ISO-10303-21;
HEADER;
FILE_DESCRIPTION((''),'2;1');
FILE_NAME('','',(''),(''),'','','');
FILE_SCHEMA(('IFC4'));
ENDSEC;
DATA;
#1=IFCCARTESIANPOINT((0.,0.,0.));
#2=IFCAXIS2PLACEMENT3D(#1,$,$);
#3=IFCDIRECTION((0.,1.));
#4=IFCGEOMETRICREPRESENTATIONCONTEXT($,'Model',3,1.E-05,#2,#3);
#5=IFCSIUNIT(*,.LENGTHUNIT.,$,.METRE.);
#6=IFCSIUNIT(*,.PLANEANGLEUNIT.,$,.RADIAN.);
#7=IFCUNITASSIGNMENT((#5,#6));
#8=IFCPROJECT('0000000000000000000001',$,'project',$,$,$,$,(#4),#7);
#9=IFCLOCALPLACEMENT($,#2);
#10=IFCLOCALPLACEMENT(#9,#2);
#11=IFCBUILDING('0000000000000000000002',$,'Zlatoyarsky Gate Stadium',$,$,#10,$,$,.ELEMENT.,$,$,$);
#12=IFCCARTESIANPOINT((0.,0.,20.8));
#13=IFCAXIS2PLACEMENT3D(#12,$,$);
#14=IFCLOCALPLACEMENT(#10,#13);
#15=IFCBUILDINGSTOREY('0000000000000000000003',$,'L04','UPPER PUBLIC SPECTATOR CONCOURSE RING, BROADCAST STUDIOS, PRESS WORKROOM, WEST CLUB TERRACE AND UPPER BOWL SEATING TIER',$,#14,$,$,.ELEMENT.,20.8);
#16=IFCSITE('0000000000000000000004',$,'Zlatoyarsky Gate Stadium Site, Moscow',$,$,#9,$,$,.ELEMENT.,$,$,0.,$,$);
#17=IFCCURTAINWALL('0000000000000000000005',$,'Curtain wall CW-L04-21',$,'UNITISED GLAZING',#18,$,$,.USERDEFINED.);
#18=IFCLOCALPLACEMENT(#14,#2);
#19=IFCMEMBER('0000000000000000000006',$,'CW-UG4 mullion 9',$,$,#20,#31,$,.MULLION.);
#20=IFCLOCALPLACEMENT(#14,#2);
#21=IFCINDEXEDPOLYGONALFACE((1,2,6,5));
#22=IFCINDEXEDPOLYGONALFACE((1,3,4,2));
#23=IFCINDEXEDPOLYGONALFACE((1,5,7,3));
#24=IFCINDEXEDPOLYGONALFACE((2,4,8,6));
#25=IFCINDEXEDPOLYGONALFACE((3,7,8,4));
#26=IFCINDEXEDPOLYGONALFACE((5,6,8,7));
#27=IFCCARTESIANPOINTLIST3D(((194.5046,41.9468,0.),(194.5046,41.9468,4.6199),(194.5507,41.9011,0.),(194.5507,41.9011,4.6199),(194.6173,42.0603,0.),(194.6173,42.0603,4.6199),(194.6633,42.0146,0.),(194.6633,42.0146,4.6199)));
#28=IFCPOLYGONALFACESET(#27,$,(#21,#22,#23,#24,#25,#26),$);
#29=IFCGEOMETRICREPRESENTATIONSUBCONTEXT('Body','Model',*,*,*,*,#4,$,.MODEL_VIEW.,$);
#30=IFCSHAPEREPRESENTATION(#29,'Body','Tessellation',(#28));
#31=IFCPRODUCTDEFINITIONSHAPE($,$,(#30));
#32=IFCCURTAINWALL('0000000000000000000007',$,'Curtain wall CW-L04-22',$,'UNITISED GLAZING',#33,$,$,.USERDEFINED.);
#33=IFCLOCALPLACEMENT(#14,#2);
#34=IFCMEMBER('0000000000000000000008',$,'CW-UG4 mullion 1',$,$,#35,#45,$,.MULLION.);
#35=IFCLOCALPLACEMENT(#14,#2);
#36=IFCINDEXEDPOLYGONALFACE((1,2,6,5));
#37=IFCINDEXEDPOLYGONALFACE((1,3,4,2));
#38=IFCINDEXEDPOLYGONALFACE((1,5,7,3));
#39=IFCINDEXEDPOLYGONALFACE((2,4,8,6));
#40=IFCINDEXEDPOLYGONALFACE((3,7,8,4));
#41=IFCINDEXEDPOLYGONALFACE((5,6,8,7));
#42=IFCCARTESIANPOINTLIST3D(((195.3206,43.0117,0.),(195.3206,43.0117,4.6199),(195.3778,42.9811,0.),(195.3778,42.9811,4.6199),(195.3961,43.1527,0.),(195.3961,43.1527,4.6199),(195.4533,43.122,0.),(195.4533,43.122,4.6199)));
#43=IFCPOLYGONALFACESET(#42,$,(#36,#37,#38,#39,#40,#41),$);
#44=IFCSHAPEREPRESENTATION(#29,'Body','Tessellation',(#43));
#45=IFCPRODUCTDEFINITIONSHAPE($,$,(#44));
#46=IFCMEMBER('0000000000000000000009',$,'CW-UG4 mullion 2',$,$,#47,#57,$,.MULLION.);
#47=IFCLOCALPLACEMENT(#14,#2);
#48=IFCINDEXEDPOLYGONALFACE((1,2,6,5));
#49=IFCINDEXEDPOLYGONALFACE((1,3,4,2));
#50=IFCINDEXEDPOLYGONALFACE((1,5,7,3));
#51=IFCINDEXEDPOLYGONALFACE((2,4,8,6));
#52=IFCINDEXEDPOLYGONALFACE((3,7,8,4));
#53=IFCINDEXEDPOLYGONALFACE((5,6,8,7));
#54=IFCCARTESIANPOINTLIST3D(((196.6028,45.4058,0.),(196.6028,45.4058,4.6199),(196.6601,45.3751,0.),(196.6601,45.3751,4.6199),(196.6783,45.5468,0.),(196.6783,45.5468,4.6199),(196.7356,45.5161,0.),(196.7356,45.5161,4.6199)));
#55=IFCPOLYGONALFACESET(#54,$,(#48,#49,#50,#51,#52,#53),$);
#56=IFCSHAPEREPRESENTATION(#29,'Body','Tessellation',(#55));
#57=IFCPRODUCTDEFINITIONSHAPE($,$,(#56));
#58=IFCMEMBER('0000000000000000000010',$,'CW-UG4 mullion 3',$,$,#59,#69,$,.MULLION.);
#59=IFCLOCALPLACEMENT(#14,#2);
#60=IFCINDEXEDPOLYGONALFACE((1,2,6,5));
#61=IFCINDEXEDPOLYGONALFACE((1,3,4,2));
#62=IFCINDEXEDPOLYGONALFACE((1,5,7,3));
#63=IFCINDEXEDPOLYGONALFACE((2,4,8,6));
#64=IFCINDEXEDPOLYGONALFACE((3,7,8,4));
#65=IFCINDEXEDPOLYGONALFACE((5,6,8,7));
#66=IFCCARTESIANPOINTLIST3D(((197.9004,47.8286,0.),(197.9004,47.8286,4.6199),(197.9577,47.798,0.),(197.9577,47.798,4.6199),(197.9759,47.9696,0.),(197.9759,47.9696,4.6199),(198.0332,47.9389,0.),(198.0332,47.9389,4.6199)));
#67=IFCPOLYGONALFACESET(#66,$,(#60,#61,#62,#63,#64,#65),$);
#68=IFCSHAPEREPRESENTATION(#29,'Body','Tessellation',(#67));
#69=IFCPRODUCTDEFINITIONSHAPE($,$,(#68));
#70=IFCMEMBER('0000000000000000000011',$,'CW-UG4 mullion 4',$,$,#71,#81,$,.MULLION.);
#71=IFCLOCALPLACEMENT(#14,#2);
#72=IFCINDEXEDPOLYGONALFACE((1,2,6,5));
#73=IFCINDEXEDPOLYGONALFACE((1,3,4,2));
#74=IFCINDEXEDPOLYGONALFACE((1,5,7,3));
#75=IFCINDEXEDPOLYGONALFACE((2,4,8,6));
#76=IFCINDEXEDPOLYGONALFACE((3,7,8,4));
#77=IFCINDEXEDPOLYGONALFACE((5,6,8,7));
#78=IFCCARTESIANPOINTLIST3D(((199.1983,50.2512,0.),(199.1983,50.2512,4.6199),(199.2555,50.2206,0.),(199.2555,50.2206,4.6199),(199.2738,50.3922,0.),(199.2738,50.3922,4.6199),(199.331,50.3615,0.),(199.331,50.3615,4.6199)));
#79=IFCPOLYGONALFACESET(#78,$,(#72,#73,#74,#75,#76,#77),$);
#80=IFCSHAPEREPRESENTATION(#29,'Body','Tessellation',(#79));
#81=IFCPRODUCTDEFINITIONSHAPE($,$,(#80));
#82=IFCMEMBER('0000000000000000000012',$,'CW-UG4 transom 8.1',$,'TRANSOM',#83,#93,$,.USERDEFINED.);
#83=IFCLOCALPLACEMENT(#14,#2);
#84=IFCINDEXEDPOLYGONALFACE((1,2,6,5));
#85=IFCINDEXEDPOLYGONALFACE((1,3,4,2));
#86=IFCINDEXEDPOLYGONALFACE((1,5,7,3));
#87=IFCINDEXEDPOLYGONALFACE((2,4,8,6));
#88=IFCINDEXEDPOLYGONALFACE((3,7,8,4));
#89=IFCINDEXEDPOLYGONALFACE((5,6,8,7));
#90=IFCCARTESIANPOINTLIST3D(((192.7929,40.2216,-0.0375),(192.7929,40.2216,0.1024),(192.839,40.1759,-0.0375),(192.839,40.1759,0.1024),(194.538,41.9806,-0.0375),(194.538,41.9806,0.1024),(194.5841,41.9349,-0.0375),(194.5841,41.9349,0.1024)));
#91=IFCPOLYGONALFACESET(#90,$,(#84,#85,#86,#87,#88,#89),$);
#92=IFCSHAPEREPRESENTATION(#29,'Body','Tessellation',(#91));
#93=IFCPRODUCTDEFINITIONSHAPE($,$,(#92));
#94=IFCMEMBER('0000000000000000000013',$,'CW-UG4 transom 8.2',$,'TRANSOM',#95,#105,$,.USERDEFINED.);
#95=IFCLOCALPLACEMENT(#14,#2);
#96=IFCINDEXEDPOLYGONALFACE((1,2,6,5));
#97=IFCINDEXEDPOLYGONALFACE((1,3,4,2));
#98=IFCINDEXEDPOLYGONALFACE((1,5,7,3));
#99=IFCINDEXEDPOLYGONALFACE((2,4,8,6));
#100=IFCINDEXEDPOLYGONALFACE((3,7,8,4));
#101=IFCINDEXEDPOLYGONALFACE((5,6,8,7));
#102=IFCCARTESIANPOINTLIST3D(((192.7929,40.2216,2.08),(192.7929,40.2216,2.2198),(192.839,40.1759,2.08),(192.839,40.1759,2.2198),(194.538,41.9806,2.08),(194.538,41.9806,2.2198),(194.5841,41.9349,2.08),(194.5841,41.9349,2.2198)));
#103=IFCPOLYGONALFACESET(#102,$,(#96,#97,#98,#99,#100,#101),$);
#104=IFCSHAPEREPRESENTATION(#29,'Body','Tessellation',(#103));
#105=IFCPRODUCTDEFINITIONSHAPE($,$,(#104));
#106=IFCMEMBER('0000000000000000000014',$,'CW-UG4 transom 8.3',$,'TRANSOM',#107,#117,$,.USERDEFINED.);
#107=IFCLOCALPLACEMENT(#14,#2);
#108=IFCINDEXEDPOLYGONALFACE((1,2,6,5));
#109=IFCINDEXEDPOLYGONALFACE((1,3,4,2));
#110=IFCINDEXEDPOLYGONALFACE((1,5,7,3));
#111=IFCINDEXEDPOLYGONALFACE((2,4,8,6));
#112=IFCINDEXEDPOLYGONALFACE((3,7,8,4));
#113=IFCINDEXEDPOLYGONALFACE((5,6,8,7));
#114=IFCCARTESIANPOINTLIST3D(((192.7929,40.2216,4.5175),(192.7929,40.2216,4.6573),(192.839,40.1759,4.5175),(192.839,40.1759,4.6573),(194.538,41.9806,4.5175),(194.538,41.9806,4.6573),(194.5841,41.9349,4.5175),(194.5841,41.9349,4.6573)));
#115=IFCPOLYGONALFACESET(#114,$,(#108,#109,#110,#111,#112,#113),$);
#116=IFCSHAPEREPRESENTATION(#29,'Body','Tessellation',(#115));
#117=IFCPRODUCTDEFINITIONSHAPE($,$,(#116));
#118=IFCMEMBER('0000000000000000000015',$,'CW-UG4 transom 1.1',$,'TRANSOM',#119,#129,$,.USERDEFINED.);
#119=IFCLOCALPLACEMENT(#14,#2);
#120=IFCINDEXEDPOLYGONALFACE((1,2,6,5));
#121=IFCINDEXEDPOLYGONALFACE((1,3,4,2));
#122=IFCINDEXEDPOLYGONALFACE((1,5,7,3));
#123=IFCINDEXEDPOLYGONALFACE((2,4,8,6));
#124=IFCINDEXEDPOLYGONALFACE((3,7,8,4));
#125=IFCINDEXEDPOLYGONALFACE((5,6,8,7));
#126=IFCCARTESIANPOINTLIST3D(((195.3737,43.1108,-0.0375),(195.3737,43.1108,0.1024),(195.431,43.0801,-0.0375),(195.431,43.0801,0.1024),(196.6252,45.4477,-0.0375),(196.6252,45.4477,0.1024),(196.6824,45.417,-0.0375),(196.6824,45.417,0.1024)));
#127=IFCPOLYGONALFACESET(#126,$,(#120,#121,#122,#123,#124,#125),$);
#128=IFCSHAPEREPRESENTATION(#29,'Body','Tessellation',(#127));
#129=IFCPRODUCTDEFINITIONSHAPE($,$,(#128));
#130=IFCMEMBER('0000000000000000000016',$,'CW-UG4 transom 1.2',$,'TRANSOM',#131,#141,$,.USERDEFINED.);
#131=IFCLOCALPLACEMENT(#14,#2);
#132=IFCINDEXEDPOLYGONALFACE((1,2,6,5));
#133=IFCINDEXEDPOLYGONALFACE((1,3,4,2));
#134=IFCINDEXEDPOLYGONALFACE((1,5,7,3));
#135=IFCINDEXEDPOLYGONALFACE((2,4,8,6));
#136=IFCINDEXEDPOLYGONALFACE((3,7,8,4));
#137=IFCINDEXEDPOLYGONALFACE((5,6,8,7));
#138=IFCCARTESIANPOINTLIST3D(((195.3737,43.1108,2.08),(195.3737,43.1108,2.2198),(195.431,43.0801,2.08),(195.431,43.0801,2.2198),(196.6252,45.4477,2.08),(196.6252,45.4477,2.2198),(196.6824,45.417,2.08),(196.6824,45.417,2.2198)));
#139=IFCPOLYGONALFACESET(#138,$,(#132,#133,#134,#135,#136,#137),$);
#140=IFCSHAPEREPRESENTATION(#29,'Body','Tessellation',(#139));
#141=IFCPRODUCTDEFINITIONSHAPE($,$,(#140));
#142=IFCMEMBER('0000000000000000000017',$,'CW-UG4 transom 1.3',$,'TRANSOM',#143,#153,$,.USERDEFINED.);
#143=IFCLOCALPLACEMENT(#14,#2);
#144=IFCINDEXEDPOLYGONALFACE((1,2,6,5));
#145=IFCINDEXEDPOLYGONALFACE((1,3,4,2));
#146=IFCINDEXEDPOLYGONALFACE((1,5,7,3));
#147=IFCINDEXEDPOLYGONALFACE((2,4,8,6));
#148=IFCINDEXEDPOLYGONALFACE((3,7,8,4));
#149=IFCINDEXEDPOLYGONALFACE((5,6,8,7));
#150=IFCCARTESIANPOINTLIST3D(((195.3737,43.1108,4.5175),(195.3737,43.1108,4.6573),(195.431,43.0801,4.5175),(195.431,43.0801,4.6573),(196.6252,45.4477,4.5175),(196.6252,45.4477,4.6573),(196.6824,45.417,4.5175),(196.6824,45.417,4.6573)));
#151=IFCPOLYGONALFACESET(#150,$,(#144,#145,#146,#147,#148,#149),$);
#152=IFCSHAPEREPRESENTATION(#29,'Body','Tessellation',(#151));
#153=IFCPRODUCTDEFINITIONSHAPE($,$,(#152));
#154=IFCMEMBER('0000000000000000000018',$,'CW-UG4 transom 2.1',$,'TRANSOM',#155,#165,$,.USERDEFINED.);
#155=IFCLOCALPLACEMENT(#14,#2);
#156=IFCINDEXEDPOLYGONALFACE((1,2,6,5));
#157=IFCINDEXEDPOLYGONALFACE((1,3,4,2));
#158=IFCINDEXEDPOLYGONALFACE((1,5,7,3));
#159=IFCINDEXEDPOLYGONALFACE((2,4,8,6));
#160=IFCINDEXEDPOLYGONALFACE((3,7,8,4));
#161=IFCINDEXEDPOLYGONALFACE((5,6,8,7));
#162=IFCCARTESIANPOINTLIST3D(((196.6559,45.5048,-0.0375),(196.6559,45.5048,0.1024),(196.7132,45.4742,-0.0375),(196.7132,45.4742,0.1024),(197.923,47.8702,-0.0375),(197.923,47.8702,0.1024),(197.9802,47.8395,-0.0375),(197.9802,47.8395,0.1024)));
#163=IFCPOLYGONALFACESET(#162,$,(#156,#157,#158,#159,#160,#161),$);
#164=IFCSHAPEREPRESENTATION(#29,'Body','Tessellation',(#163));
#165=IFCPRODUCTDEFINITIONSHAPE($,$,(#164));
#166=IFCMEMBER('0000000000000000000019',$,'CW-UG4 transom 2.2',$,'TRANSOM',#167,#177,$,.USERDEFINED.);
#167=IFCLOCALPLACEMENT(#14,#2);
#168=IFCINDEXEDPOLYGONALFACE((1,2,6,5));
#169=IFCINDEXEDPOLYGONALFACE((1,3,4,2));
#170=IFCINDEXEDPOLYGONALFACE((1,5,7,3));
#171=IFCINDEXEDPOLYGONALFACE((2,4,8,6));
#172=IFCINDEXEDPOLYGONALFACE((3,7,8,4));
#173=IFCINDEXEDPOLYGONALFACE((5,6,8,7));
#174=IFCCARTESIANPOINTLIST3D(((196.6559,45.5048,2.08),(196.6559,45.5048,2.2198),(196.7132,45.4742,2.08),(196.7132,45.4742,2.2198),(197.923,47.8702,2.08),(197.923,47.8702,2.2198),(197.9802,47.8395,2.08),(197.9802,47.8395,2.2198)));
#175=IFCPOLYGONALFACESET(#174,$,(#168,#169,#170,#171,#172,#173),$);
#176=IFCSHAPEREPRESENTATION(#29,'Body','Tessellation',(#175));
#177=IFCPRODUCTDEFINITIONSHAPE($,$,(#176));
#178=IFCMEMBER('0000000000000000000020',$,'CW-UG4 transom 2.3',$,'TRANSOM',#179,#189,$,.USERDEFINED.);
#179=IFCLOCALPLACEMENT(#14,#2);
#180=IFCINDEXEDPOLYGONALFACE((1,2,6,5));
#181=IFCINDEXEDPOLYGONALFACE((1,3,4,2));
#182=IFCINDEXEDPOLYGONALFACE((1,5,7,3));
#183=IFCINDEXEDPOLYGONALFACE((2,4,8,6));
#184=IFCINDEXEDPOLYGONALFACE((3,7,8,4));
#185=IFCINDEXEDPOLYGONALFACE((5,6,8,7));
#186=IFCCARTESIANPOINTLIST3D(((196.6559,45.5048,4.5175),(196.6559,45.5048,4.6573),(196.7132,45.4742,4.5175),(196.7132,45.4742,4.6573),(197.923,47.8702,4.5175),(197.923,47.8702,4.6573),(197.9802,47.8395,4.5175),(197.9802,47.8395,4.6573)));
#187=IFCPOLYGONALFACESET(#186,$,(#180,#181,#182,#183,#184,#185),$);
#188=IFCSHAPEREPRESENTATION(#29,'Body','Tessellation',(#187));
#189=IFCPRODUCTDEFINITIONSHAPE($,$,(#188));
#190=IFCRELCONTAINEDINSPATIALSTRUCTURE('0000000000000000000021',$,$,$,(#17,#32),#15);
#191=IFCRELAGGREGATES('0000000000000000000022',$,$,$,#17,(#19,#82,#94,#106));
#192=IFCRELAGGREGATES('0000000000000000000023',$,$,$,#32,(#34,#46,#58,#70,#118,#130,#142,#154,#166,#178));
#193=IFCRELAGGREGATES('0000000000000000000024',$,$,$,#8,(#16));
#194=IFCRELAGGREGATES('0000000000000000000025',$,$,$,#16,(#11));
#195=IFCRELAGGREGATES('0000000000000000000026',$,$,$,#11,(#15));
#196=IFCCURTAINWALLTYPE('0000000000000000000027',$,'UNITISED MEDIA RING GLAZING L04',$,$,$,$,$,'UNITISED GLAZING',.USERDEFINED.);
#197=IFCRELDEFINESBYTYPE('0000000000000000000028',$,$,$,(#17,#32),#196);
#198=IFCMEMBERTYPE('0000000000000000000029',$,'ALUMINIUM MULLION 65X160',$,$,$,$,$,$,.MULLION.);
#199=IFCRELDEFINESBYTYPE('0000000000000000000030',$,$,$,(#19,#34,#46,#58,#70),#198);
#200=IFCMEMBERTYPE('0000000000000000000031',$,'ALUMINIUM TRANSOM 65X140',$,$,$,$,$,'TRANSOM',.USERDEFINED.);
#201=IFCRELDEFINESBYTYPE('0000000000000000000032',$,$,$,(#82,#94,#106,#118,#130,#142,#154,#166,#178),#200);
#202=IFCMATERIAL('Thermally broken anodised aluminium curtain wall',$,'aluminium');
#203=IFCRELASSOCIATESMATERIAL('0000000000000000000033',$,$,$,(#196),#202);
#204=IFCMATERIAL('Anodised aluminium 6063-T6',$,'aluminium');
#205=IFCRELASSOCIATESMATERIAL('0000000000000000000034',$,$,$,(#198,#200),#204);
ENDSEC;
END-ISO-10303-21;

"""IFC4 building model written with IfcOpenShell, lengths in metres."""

from ifc_helpers import new_model, si_unit, direction, frame, origin, origin_2d, place, context, subcontext, project, spatial, rectangle, extrude, material, material_profile, profile_set, type_object, element, aggregate, save


model = new_model("IFC4")

# Units and contexts
model_context = context("Model", 3, precision=1e-05, world=origin(), true_north=direction((0.0, 1.0)))
body_context = subcontext(model_context, "Body", "Model", "MODEL_VIEW")
ifc_project = project(units=[si_unit("LENGTHUNIT", "METRE"), si_unit("PLANEANGLEUNIT", "RADIAN")], contexts=[model_context])

# Site, building, storey
site_placement = place(None, origin())
site = spatial("IfcSite", under=ifc_project, at=site_placement, Name="Zlatoyarsky Gate Stadium Site, Moscow", CompositionType="ELEMENT", RefElevation=0.0)
building_placement = place(site_placement, origin())
building = spatial("IfcBuilding", under=site, at=building_placement, Name="Zlatoyarsky Gate Stadium", CompositionType="ELEMENT")
storey_placement = place(building_placement, frame((0.0, 0.0, 20.8)))
storey = spatial("IfcBuildingStorey", under=building, at=storey_placement, Name="L04", Description="UPPER PUBLIC SPECTATOR CONCOURSE RING, BROADCAST STUDIOS, PRESS WORKROOM, WEST CLUB TERRACE AND UPPER BOWL SEATING TIER", CompositionType="ELEMENT", Elevation=20.8)

# Curtain wall, member
ifc_material_1 = material(Name="Thermally broken anodised aluminium curtain wall", Category="aluminium")
curtain_wall_type = type_object("IfcCurtainWallType", Name="UNITISED MEDIA RING GLAZING L04", ElementType="UNITISED GLAZING", PredefinedType="USERDEFINED", material=ifc_material_1)
curtain_wall_1_placement = place(storey_placement, origin())
curtain_wall_1 = element("IfcCurtainWall", 1, at=curtain_wall_1_placement, inside=storey, type_object=curtain_wall_type, Name="Curtain wall CW-L04-21", ObjectType="UNITISED GLAZING", PredefinedType="USERDEFINED")
ifc_material_2 = material(Name="Anodised aluminium 6063-T6", Category="aluminium")
ifc_material_profile_1 = material_profile(ifc_material_2, rectangle(XDim=0.0649, YDim=0.1599, at=origin_2d()), Name="ALU 65X160")
ifc_profile_set_1 = profile_set([ifc_material_profile_1], Name="Anodised aluminium 6063-T6")
member_type_1 = type_object("IfcMemberType", Name="ALUMINIUM MULLION 65X160", PredefinedType="MULLION", material=ifc_profile_set_1)
member_1_placement = place(storey_placement, frame((194.584, 41.9807, 0.0), z_axis=(0.0, 0.0, 1.0), x_axis=(-0.709871, 0.704332, 0.0)))
member_1 = element("IfcMember", 2, at=member_1_placement, type_object=member_type_1, Name="CW-UG4 mullion 9", PredefinedType="MULLION", context=body_context, shape_type="SweptSolid", body=[
    extrude(rectangle(XDim=0.0649, YDim=0.1599, at=origin_2d()), origin(), (0.0, 0.0, 1.0), 4.6199),
])

# Curtain wall, members
curtain_wall_2_placement = place(storey_placement, origin())
curtain_wall_2 = element("IfcCurtainWall", 3, at=curtain_wall_2_placement, inside=storey, type_object=curtain_wall_type, Name="Curtain wall CW-L04-22", ObjectType="UNITISED GLAZING", PredefinedType="USERDEFINED")
member_2_placement = place(storey_placement, frame((195.387, 43.0669, 0.0), z_axis=(0.0, 0.0, 1.0), x_axis=(-0.881521, 0.472145, 0.0)))
member_2 = element("IfcMember", 4, at=member_2_placement, type_object=member_type_1, Name="CW-UG4 mullion 1", PredefinedType="MULLION", context=body_context, shape_type="SweptSolid", body=[
    extrude(rectangle(XDim=0.0649, YDim=0.1599, at=origin_2d()), origin(), (0.0, 0.0, 1.0), 4.6199),
])
member_3_placement = place(storey_placement, frame((196.6692, 45.4609, 0.0), z_axis=(0.0, 0.0, 1.0), x_axis=(-0.881521, 0.472145, 0.0)))
member_3 = element("IfcMember", 5, at=member_3_placement, type_object=member_type_1, Name="CW-UG4 mullion 2", PredefinedType="MULLION", context=body_context, shape_type="SweptSolid", body=[
    extrude(rectangle(XDim=0.0649, YDim=0.1599, at=origin_2d()), origin(), (0.0, 0.0, 1.0), 4.6199),
])
member_4_placement = place(storey_placement, frame((197.9668, 47.8838, 0.0), z_axis=(0.0, 0.0, 1.0), x_axis=(-0.881521, 0.472145, 0.0)))
member_4 = element("IfcMember", 6, at=member_4_placement, type_object=member_type_1, Name="CW-UG4 mullion 3", PredefinedType="MULLION", context=body_context, shape_type="SweptSolid", body=[
    extrude(rectangle(XDim=0.0649, YDim=0.1599, at=origin_2d()), origin(), (0.0, 0.0, 1.0), 4.6199),
])
member_5_placement = place(storey_placement, frame((199.2646, 50.3064, 0.0), z_axis=(0.0, 0.0, 1.0), x_axis=(-0.881521, 0.472145, 0.0)))
member_5 = element("IfcMember", 7, at=member_5_placement, type_object=member_type_1, Name="CW-UG4 mullion 4", PredefinedType="MULLION", context=body_context, shape_type="SweptSolid", body=[
    extrude(rectangle(XDim=0.0649, YDim=0.1599, at=origin_2d()), origin(), (0.0, 0.0, 1.0), 4.6199),
])

# Members
ifc_material_profile_2 = material_profile(ifc_material_2, rectangle(XDim=0.0649, YDim=0.1399, at=origin_2d()), Name="ALU 65X140")
ifc_profile_set_2 = profile_set([ifc_material_profile_2], Name="Anodised aluminium 6063-T6")
member_type_2 = type_object("IfcMemberType", Name="ALUMINIUM TRANSOM 65X140", ElementType="TRANSOM", PredefinedType="USERDEFINED", material=ifc_profile_set_2)
member_6_placement = place(storey_placement, frame((192.8159, 40.1987, 0.0325), z_axis=(0.704293, 0.709909, 0.0), x_axis=(-0.709909, 0.704293, 0.0)))
member_6 = element("IfcMember", 8, at=member_6_placement, type_object=member_type_2, Name="CW-UG4 transom 8.1", ObjectType="TRANSOM", PredefinedType="USERDEFINED", context=body_context, shape_type="SweptSolid", body=[
    extrude(rectangle(XDim=0.0649, YDim=0.1399, at=origin_2d()), origin(), (0.0, 0.0, 1.0), 2.4778),
])
member_7_placement = place(storey_placement, frame((192.8159, 40.1987, 2.1499), z_axis=(0.704293, 0.709909, 0.0), x_axis=(-0.709909, 0.704293, 0.0)))
member_7 = element("IfcMember", 9, at=member_7_placement, type_object=member_type_2, Name="CW-UG4 transom 8.2", ObjectType="TRANSOM", PredefinedType="USERDEFINED", context=body_context, shape_type="SweptSolid", body=[
    extrude(rectangle(XDim=0.0649, YDim=0.1399, at=origin_2d()), origin(), (0.0, 0.0, 1.0), 2.4778),
])
member_8_placement = place(storey_placement, frame((192.8159, 40.1987, 4.5874), z_axis=(0.704293, 0.709909, 0.0), x_axis=(-0.709909, 0.704293, 0.0)))
member_8 = element("IfcMember", 10, at=member_8_placement, type_object=member_type_2, Name="CW-UG4 transom 8.3", ObjectType="TRANSOM", PredefinedType="USERDEFINED", context=body_context, shape_type="SweptSolid", body=[
    extrude(rectangle(XDim=0.0649, YDim=0.1399, at=origin_2d()), origin(), (0.0, 0.0, 1.0), 2.4778),
])
member_9_placement = place(storey_placement, frame((195.4023, 43.0955, 0.0325), z_axis=(0.472089, 0.881551, 0.0), x_axis=(-0.881551, 0.472089, 0.0)))
member_9 = element("IfcMember", 11, at=member_9_placement, type_object=member_type_2, Name="CW-UG4 transom 1.1", ObjectType="TRANSOM", PredefinedType="USERDEFINED", context=body_context, shape_type="SweptSolid", body=[
    extrude(rectangle(XDim=0.0649, YDim=0.1399, at=origin_2d()), origin(), (0.0, 0.0, 1.0), 2.6509),
])
member_10_placement = place(storey_placement, frame((195.4023, 43.0955, 2.1499), z_axis=(0.472089, 0.881551, 0.0), x_axis=(-0.881551, 0.472089, 0.0)))
member_10 = element("IfcMember", 12, at=member_10_placement, type_object=member_type_2, Name="CW-UG4 transom 1.2", ObjectType="TRANSOM", PredefinedType="USERDEFINED", context=body_context, shape_type="SweptSolid", body=[
    extrude(rectangle(XDim=0.0649, YDim=0.1399, at=origin_2d()), origin(), (0.0, 0.0, 1.0), 2.6509),
])
member_11_placement = place(storey_placement, frame((195.4023, 43.0955, 4.5874), z_axis=(0.472089, 0.881551, 0.0), x_axis=(-0.881551, 0.472089, 0.0)))
member_11 = element("IfcMember", 13, at=member_11_placement, type_object=member_type_2, Name="CW-UG4 transom 1.3", ObjectType="TRANSOM", PredefinedType="USERDEFINED", context=body_context, shape_type="SweptSolid", body=[
    extrude(rectangle(XDim=0.0649, YDim=0.1399, at=origin_2d()), origin(), (0.0, 0.0, 1.0), 2.6509),
])
member_12_placement = place(storey_placement, frame((196.6846, 45.4895, 0.0325), z_axis=(0.472184, 0.8815, 0.0), x_axis=(-0.8815, 0.472184, 0.0)))
member_12 = element("IfcMember", 14, at=member_12_placement, type_object=member_type_2, Name="CW-UG4 transom 2.1", ObjectType="TRANSOM", PredefinedType="USERDEFINED", context=body_context, shape_type="SweptSolid", body=[
    extrude(rectangle(XDim=0.0649, YDim=0.1399, at=origin_2d()), origin(), (0.0, 0.0, 1.0), 2.6833),
])
member_13_placement = place(storey_placement, frame((196.6846, 45.4895, 2.1499), z_axis=(0.472184, 0.8815, 0.0), x_axis=(-0.8815, 0.472184, 0.0)))
member_13 = element("IfcMember", 15, at=member_13_placement, type_object=member_type_2, Name="CW-UG4 transom 2.2", ObjectType="TRANSOM", PredefinedType="USERDEFINED", context=body_context, shape_type="SweptSolid", body=[
    extrude(rectangle(XDim=0.0649, YDim=0.1399, at=origin_2d()), origin(), (0.0, 0.0, 1.0), 2.6833),
])
member_14_placement = place(storey_placement, frame((196.6846, 45.4895, 4.5874), z_axis=(0.472184, 0.8815, 0.0), x_axis=(-0.8815, 0.472184, 0.0)))
member_14 = element("IfcMember", 16, at=member_14_placement, type_object=member_type_2, Name="CW-UG4 transom 2.3", ObjectType="TRANSOM", PredefinedType="USERDEFINED", context=body_context, shape_type="SweptSolid", body=[
    extrude(rectangle(XDim=0.0649, YDim=0.1399, at=origin_2d()), origin(), (0.0, 0.0, 1.0), 2.6833),
])

aggregate(curtain_wall_1, [member_1, member_6, member_7, member_8])
aggregate(curtain_wall_2, [member_2, member_3, member_4, member_5, member_9, member_10, member_11, member_12, member_13, member_14])

save(model, "model.ifc")
